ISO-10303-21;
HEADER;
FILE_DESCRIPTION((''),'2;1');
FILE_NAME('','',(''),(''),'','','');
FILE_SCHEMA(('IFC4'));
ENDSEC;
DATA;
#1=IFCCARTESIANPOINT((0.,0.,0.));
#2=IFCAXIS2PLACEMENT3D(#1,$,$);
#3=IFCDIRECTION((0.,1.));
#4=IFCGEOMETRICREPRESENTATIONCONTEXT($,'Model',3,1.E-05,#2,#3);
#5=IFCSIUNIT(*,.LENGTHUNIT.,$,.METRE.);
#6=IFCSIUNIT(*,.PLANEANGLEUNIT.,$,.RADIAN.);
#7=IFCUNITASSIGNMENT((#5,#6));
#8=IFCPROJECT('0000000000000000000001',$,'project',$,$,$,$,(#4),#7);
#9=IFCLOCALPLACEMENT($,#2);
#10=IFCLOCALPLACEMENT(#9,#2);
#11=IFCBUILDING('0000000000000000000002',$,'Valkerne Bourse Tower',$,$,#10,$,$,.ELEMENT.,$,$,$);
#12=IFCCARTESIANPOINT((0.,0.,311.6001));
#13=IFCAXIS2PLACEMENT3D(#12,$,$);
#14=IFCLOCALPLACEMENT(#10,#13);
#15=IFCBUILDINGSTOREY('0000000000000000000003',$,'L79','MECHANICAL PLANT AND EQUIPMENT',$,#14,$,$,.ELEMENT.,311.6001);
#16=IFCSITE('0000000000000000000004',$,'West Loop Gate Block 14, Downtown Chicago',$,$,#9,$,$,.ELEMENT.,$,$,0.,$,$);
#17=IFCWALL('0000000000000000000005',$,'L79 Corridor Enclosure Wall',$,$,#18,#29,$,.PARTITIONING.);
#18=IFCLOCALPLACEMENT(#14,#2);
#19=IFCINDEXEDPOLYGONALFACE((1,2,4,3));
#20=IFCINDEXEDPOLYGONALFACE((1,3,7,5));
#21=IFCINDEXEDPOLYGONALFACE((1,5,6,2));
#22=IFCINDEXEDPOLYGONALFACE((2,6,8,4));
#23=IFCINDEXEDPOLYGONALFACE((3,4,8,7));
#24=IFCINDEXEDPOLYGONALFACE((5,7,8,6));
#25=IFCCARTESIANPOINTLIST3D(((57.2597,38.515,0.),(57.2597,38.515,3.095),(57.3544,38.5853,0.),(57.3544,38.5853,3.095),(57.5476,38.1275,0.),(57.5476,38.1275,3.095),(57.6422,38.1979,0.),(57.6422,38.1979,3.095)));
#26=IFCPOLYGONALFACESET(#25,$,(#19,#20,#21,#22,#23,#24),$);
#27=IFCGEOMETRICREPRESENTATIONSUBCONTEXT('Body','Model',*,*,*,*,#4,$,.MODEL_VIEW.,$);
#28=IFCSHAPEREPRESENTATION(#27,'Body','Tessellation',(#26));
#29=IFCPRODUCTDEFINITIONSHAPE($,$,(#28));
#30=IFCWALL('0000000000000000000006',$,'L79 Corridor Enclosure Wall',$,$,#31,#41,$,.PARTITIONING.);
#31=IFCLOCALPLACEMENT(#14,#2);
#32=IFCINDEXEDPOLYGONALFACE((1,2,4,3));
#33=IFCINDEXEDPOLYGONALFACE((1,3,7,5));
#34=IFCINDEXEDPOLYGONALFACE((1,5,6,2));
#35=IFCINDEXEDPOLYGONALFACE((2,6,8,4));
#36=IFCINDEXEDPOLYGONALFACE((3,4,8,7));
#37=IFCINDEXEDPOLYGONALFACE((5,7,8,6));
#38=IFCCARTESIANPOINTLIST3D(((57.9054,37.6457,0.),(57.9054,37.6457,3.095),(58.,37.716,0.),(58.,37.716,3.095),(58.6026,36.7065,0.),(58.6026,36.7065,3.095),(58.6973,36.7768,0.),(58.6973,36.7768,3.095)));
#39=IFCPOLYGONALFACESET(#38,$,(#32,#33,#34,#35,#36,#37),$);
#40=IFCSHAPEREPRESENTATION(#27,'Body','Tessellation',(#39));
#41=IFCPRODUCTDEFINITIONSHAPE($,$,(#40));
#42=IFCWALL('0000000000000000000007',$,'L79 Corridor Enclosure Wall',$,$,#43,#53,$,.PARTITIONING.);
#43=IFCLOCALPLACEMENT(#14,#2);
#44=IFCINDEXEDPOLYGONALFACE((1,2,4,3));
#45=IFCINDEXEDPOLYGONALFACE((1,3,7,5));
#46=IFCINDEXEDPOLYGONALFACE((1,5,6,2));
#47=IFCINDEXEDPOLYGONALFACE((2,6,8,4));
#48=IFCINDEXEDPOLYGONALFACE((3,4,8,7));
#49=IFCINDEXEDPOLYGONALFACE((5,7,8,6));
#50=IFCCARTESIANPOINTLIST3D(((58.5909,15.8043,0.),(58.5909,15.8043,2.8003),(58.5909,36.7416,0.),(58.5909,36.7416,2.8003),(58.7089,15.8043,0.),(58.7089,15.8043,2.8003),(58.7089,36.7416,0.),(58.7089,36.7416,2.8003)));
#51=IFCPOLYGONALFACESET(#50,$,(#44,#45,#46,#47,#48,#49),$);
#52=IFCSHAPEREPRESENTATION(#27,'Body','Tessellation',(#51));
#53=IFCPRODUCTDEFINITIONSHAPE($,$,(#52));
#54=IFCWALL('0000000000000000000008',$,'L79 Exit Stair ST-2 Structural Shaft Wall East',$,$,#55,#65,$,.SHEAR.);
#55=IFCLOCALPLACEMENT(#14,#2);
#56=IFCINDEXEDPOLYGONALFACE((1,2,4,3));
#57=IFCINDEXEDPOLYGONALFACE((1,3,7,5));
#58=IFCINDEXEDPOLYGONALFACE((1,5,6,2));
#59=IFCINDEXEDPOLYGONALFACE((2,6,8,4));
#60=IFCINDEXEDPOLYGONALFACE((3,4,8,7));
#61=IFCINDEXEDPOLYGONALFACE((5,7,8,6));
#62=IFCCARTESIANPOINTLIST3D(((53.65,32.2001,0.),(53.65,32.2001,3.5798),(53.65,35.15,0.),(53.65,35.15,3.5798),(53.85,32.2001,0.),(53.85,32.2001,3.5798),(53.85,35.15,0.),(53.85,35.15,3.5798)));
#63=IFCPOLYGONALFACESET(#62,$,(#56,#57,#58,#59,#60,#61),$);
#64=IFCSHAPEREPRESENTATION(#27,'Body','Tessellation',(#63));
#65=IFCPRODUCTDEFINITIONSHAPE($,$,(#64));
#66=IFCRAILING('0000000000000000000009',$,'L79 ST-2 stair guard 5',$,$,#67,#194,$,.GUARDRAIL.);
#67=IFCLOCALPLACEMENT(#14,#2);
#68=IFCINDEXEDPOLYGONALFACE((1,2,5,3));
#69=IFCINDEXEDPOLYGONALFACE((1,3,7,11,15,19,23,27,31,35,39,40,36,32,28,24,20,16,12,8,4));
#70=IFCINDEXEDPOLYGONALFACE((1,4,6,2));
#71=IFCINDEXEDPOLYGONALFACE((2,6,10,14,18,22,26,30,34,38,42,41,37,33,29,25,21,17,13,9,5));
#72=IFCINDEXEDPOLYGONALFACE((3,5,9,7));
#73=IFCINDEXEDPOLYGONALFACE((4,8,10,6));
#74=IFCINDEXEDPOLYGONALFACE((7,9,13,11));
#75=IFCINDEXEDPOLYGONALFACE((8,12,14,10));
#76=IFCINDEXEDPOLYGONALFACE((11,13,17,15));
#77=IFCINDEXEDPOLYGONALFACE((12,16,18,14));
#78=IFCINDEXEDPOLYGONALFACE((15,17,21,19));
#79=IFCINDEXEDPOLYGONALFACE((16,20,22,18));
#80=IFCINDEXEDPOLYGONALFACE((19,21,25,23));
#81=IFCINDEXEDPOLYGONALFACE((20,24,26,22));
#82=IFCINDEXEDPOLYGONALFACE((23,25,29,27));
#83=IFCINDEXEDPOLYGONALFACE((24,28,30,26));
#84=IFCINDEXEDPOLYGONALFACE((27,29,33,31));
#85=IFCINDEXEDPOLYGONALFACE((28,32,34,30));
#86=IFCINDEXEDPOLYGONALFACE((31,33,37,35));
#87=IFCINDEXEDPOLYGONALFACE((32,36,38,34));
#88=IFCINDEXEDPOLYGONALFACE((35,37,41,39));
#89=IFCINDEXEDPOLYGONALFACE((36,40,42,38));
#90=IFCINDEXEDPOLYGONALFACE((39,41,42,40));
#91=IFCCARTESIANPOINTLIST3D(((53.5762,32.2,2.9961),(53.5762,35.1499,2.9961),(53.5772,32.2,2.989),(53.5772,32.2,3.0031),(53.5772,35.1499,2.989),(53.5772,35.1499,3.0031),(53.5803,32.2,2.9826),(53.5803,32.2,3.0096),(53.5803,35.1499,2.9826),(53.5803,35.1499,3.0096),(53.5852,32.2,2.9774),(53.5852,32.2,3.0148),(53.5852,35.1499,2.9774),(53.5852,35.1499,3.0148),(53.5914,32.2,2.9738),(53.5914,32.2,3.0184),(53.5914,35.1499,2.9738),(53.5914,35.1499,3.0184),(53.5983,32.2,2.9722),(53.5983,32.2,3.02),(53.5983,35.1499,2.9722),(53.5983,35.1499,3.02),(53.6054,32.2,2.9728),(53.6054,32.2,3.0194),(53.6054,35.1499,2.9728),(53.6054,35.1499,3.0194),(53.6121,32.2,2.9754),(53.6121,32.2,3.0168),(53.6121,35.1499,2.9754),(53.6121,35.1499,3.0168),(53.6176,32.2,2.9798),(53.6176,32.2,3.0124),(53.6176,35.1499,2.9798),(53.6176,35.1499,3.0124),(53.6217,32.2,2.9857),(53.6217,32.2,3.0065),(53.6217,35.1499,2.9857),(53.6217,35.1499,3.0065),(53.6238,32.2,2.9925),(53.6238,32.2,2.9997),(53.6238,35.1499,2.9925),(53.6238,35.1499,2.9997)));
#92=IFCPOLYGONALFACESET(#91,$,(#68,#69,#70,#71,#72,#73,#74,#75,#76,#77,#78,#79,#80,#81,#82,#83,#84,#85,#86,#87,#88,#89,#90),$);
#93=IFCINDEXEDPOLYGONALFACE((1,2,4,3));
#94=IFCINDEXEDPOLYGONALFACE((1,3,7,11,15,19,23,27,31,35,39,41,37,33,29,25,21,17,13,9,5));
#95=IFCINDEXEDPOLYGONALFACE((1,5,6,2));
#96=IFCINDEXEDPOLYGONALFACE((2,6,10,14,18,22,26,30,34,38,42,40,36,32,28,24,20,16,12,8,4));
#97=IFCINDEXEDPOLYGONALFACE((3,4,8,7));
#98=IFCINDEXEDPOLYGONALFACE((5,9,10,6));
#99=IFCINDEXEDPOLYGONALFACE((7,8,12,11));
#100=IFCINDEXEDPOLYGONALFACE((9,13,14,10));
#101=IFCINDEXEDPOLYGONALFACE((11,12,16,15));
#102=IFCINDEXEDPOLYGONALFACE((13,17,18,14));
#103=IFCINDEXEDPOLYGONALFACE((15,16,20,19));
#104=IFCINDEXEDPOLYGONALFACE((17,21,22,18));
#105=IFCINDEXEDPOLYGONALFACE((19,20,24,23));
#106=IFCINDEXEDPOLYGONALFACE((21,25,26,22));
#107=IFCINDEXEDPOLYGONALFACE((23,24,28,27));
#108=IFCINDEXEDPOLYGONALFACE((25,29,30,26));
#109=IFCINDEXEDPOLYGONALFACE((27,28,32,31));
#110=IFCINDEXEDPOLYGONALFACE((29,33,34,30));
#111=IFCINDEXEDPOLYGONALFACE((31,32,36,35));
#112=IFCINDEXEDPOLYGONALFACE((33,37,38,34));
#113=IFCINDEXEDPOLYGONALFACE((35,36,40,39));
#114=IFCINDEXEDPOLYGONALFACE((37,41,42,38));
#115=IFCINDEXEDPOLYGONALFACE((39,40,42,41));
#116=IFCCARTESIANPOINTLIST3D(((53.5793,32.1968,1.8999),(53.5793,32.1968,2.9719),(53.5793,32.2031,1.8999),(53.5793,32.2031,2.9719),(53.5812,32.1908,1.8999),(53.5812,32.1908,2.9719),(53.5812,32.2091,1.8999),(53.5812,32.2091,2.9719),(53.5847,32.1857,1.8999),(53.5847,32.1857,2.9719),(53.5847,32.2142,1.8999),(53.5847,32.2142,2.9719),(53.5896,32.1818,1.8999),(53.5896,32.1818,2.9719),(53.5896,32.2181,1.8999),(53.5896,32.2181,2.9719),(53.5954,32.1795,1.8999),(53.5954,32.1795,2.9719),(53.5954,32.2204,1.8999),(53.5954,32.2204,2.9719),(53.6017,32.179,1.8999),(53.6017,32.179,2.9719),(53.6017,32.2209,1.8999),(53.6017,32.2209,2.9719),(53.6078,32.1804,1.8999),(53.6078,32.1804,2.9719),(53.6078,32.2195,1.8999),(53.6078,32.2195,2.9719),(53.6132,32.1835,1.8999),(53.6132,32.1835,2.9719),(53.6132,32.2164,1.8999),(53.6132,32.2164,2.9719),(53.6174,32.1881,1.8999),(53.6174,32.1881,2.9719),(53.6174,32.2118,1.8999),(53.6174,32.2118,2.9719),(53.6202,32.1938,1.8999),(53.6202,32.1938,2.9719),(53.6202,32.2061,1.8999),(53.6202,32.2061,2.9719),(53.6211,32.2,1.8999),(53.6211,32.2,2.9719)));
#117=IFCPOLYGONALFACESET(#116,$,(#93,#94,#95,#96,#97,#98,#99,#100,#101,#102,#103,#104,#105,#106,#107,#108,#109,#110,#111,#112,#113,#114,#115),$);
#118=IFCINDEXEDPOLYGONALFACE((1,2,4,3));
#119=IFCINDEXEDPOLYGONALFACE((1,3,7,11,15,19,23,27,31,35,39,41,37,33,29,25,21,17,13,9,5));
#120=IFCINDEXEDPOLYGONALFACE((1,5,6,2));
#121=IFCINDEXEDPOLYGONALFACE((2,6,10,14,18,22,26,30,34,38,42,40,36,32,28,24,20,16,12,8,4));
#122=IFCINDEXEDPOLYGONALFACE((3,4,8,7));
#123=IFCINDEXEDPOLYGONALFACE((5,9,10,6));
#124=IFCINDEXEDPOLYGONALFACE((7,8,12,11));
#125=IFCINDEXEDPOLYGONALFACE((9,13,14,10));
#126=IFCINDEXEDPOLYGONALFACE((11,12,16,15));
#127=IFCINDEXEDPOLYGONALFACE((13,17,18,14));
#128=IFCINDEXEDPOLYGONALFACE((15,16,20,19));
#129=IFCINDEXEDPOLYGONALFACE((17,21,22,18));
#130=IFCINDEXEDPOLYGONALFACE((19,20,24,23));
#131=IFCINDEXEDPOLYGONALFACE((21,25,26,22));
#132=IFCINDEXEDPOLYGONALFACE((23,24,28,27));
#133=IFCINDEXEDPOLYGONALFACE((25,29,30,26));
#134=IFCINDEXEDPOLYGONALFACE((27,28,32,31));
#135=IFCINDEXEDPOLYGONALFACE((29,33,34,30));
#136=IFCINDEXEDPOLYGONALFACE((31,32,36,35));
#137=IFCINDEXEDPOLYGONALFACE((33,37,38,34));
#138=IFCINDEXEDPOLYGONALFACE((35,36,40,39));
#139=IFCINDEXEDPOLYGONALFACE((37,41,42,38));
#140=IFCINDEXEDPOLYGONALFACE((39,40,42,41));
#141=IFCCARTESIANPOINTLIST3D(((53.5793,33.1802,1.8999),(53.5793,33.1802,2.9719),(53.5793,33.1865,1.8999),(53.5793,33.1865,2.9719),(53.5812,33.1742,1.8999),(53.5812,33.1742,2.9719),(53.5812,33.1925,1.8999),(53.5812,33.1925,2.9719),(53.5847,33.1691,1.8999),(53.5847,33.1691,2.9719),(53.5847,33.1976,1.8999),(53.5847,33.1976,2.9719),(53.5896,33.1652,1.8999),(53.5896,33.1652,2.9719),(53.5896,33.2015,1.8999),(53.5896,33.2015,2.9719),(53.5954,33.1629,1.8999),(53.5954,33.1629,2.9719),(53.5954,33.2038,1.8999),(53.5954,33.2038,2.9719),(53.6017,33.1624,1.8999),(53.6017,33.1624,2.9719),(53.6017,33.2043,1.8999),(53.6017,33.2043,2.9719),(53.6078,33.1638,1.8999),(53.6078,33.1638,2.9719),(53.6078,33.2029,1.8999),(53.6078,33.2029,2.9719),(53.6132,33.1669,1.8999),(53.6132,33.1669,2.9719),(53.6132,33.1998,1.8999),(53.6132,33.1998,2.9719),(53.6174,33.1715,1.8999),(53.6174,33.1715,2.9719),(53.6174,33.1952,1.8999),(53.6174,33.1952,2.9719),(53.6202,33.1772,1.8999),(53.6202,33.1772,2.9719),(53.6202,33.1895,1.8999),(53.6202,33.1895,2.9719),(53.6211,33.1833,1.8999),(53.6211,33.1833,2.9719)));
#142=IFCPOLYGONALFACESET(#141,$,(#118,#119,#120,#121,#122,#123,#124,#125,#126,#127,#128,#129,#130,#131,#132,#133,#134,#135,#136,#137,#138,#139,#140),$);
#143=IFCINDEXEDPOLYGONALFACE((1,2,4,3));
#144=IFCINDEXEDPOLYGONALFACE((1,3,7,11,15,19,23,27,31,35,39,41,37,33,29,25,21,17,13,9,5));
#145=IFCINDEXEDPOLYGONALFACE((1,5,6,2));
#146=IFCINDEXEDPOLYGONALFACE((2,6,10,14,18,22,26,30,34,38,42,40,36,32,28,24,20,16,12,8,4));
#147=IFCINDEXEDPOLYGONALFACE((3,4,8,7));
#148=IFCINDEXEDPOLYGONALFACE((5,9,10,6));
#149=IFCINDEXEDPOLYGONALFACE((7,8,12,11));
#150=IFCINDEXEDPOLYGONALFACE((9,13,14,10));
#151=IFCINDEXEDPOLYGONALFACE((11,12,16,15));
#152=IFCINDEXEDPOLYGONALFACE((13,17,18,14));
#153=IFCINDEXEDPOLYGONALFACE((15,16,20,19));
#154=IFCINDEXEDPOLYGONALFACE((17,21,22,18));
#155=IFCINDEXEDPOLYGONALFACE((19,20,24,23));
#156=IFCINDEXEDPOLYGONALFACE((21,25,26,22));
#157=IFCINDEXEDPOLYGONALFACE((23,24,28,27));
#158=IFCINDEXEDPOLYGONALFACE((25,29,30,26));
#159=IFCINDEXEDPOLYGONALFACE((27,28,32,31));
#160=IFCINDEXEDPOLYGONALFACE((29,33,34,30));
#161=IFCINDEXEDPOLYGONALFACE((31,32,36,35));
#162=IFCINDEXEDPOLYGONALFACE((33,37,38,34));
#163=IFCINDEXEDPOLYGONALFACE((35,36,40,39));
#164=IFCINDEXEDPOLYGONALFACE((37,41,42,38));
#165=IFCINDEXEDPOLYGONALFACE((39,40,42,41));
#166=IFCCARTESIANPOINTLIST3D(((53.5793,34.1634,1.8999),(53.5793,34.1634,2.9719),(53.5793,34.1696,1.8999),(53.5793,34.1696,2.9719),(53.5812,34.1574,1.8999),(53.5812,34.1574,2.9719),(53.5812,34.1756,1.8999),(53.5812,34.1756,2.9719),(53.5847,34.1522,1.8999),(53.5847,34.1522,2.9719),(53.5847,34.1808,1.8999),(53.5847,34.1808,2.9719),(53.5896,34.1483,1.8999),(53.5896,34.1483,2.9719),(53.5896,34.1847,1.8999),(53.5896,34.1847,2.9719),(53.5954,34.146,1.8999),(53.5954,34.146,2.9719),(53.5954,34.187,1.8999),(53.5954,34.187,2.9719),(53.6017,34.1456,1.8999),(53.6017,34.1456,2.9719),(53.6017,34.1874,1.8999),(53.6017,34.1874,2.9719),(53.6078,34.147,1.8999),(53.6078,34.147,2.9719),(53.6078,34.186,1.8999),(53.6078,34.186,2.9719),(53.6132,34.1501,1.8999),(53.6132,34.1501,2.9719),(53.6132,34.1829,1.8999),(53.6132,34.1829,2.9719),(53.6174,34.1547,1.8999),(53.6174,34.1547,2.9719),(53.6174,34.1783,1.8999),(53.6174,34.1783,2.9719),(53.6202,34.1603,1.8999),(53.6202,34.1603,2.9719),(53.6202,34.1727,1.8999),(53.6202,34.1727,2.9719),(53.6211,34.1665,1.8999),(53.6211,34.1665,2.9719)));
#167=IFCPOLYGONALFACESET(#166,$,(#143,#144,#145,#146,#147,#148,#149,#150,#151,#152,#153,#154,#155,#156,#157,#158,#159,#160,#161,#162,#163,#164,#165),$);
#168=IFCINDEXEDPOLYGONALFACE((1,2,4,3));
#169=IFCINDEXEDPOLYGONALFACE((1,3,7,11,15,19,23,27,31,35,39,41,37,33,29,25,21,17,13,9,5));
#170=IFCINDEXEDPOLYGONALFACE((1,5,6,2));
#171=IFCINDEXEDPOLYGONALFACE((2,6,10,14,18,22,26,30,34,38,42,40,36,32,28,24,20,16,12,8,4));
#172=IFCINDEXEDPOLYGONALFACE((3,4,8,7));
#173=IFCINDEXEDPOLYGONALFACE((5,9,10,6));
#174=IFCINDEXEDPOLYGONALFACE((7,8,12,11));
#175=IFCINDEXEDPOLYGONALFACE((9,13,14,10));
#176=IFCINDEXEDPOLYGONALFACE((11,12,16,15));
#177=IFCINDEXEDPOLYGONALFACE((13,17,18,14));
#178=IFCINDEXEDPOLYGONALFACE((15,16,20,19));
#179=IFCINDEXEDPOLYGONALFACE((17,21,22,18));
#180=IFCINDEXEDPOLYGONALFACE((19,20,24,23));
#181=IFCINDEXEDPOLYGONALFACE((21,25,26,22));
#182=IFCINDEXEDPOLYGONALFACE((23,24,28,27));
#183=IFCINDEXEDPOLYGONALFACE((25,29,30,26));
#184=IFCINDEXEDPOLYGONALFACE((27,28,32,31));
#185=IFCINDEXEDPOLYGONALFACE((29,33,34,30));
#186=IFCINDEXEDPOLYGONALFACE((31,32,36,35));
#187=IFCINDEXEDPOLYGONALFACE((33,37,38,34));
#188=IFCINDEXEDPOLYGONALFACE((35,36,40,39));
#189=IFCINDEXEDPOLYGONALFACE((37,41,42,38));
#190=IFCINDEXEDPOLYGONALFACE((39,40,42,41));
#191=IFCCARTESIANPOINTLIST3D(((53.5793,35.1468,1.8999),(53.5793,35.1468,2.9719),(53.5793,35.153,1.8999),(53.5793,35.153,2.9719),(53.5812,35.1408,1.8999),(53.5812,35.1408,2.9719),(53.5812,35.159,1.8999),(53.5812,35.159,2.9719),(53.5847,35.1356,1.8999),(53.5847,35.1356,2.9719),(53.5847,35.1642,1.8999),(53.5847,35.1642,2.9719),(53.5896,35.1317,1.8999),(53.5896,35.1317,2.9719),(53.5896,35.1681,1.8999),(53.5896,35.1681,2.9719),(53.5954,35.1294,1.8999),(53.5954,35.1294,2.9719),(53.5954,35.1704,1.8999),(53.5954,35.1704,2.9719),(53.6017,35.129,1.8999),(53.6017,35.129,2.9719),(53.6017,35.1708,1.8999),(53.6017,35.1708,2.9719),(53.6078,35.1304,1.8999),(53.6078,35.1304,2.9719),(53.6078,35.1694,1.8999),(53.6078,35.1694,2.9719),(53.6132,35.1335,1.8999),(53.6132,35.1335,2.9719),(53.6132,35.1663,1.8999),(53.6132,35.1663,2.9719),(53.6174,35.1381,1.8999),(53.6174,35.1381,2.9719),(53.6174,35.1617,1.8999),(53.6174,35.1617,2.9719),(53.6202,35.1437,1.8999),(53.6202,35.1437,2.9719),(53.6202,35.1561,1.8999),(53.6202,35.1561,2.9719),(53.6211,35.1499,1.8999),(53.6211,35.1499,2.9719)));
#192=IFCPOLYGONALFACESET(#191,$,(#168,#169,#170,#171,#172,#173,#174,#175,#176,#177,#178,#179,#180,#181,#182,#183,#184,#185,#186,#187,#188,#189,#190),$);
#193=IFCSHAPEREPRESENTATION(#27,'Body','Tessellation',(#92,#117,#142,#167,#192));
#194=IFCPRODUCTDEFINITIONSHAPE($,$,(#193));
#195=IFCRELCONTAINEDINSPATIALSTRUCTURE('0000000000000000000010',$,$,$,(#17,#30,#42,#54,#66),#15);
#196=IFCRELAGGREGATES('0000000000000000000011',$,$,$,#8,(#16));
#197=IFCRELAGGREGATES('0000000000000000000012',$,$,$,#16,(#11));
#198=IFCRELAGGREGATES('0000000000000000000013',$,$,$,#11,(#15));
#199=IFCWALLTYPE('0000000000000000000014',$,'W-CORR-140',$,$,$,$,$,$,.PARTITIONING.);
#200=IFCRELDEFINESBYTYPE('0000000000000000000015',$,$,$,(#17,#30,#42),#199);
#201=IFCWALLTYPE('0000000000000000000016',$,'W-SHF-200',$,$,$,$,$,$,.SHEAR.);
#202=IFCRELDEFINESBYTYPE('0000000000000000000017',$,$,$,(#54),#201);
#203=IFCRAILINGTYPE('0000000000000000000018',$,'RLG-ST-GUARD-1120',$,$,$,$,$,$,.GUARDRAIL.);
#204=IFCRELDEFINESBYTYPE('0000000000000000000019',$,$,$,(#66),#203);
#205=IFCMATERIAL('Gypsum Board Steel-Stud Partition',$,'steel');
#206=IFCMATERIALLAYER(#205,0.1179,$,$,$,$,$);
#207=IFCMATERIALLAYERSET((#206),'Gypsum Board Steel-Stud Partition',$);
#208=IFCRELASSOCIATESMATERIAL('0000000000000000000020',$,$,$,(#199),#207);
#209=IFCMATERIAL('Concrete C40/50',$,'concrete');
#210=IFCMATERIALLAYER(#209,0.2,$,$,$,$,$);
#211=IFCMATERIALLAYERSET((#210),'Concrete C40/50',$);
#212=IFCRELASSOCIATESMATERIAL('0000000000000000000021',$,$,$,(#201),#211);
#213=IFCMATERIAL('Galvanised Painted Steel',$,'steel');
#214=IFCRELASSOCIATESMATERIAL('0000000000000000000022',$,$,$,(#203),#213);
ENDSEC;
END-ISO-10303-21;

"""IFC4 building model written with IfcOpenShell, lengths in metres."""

from ifc_helpers import new_model, si_unit, direction, frame, frame_2d, origin, origin_2d, place, context, subcontext, project, spatial, rectangle, circle, extrude, material, layer, layer_set, type_object, element, save


model = new_model("IFC4")

# Units and contexts
model_context = context("Model", 3, precision=1e-05, world=origin(), true_north=direction((0.0, 1.0)))
body_context = subcontext(model_context, "Body", "Model", "MODEL_VIEW")
ifc_project = project(units=[si_unit("LENGTHUNIT", "METRE"), si_unit("PLANEANGLEUNIT", "RADIAN")], contexts=[model_context])

# Site, building, storey
site_placement = place(None, origin())
site = spatial("IfcSite", under=ifc_project, at=site_placement, Name="West Loop Gate Block 14, Downtown Chicago", CompositionType="ELEMENT", RefElevation=0.0)
building_placement = place(site_placement, origin())
building = spatial("IfcBuilding", under=site, at=building_placement, Name="Valkerne Bourse Tower", CompositionType="ELEMENT")
storey_placement = place(building_placement, frame((0.0, 0.0, 311.6001)))
storey = spatial("IfcBuildingStorey", under=building, at=storey_placement, Name="L79", Description="MECHANICAL PLANT AND EQUIPMENT", CompositionType="ELEMENT", Elevation=311.6001)

# Walls
ifc_material_1 = material(Name="Gypsum Board Steel-Stud Partition", Category="steel")
ifc_layer_1 = layer(ifc_material_1, 0.1179)
ifc_layer_set_1 = layer_set([ifc_layer_1], Name="Gypsum Board Steel-Stud Partition")
wall_type_1 = type_object("IfcWallType", Name="W-CORR-140", PredefinedType="PARTITIONING", material=ifc_layer_set_1)
wall_1_placement = place(storey_placement, frame((57.3071, 38.55, 0.0), z_axis=(0.0, 0.0, 1.0), x_axis=(0.596352, -0.802723, 0.0)))
element("IfcWall", 1, at=wall_1_placement, inside=storey, type_object=wall_type_1, Name="L79 Corridor Enclosure Wall", PredefinedType="PARTITIONING", context=body_context, shape_type="SweptSolid", body=[
    extrude(rectangle(XDim=0.4827, YDim=0.1179, at=frame_2d((0.2412, 0.0))), origin(), (0.0, 0.0, 1.0), 3.095),
])
wall_2_placement = place(storey_placement, frame((57.9526, 37.6809, 0.0), z_axis=(0.0, 0.0, 1.0), x_axis=(0.596086, -0.802921, 0.0)))
element("IfcWall", 2, at=wall_2_placement, inside=storey, type_object=wall_type_1, Name="L79 Corridor Enclosure Wall", PredefinedType="PARTITIONING", context=body_context, shape_type="SweptSolid", body=[
    extrude(rectangle(XDim=1.1697, YDim=0.1179, at=frame_2d((0.585, 0.0))), origin(), (0.0, 0.0, 1.0), 3.095),
])
wall_3_placement = place(storey_placement, frame((58.6499, 36.7417, 0.0), z_axis=(0.0, 0.0, 1.0), x_axis=(0.0, -1.0, 0.0)))
element("IfcWall", 3, at=wall_3_placement, inside=storey, type_object=wall_type_1, Name="L79 Corridor Enclosure Wall", PredefinedType="PARTITIONING", context=body_context, shape_type="SweptSolid", body=[
    extrude(rectangle(XDim=20.9373, YDim=0.1179, at=frame_2d((10.4688, 0.0))), origin(), (0.0, 0.0, 1.0), 2.8003),
])
ifc_material_2 = material(Name="Concrete C40/50", Category="concrete")
ifc_layer_2 = layer(ifc_material_2, 0.2)
ifc_layer_set_2 = layer_set([ifc_layer_2], Name="Concrete C40/50")
wall_type_2 = type_object("IfcWallType", Name="W-SHF-200", PredefinedType="SHEAR", material=ifc_layer_set_2)
wall_4_placement = place(storey_placement, frame((53.75, 32.2, 0.0), z_axis=(0.0, 0.0, 1.0), x_axis=(0.0, 1.0, 0.0)))
element("IfcWall", 4, at=wall_4_placement, inside=storey, type_object=wall_type_2, Name="L79 Exit Stair ST-2 Structural Shaft Wall East", PredefinedType="SHEAR", context=body_context, shape_type="SweptSolid", body=[
    extrude(rectangle(XDim=2.95, YDim=0.2, at=frame_2d((1.4751, 0.0))), origin(), (0.0, 0.0, 1.0), 3.5798),
])

# Railing
ifc_material_3 = material(Name="Galvanised Painted Steel", Category="steel")
railing_type = type_object("IfcRailingType", Name="RLG-ST-GUARD-1120", PredefinedType="GUARDRAIL", material=ifc_material_3)
railing_1_placement = place(storey_placement, frame((53.6001, 32.2, 1.8999)))
element("IfcRailing", 5, at=railing_1_placement, inside=storey, type_object=railing_type, Name="L79 ST-2 stair guard 5", PredefinedType="GUARDRAIL", context=body_context, shape_type="SweptSolid", body=[
    extrude(circle(Radius=0.0239, at=origin_2d()), frame((0.0, 0.0, 1.0962), z_axis=(0.0, 1.0, 0.0), x_axis=(-1.0, 0.0, 0.0)), (0.0, 0.0, 1.0), 2.95),
    extrude(circle(Radius=0.021, at=origin_2d()), origin(), (0.0, 0.0, 1.0), 1.072),
    extrude(circle(Radius=0.021, at=origin_2d()), frame((0.0, 0.9834, 0.0)), (0.0, 0.0, 1.0), 1.072),
    extrude(circle(Radius=0.021, at=origin_2d()), frame((0.0, 1.9666, 0.0)), (0.0, 0.0, 1.0), 1.072),
    extrude(circle(Radius=0.021, at=origin_2d()), frame((0.0, 2.95, 0.0)), (0.0, 0.0, 1.0), 1.072),
])

save(model, "model.ifc")
